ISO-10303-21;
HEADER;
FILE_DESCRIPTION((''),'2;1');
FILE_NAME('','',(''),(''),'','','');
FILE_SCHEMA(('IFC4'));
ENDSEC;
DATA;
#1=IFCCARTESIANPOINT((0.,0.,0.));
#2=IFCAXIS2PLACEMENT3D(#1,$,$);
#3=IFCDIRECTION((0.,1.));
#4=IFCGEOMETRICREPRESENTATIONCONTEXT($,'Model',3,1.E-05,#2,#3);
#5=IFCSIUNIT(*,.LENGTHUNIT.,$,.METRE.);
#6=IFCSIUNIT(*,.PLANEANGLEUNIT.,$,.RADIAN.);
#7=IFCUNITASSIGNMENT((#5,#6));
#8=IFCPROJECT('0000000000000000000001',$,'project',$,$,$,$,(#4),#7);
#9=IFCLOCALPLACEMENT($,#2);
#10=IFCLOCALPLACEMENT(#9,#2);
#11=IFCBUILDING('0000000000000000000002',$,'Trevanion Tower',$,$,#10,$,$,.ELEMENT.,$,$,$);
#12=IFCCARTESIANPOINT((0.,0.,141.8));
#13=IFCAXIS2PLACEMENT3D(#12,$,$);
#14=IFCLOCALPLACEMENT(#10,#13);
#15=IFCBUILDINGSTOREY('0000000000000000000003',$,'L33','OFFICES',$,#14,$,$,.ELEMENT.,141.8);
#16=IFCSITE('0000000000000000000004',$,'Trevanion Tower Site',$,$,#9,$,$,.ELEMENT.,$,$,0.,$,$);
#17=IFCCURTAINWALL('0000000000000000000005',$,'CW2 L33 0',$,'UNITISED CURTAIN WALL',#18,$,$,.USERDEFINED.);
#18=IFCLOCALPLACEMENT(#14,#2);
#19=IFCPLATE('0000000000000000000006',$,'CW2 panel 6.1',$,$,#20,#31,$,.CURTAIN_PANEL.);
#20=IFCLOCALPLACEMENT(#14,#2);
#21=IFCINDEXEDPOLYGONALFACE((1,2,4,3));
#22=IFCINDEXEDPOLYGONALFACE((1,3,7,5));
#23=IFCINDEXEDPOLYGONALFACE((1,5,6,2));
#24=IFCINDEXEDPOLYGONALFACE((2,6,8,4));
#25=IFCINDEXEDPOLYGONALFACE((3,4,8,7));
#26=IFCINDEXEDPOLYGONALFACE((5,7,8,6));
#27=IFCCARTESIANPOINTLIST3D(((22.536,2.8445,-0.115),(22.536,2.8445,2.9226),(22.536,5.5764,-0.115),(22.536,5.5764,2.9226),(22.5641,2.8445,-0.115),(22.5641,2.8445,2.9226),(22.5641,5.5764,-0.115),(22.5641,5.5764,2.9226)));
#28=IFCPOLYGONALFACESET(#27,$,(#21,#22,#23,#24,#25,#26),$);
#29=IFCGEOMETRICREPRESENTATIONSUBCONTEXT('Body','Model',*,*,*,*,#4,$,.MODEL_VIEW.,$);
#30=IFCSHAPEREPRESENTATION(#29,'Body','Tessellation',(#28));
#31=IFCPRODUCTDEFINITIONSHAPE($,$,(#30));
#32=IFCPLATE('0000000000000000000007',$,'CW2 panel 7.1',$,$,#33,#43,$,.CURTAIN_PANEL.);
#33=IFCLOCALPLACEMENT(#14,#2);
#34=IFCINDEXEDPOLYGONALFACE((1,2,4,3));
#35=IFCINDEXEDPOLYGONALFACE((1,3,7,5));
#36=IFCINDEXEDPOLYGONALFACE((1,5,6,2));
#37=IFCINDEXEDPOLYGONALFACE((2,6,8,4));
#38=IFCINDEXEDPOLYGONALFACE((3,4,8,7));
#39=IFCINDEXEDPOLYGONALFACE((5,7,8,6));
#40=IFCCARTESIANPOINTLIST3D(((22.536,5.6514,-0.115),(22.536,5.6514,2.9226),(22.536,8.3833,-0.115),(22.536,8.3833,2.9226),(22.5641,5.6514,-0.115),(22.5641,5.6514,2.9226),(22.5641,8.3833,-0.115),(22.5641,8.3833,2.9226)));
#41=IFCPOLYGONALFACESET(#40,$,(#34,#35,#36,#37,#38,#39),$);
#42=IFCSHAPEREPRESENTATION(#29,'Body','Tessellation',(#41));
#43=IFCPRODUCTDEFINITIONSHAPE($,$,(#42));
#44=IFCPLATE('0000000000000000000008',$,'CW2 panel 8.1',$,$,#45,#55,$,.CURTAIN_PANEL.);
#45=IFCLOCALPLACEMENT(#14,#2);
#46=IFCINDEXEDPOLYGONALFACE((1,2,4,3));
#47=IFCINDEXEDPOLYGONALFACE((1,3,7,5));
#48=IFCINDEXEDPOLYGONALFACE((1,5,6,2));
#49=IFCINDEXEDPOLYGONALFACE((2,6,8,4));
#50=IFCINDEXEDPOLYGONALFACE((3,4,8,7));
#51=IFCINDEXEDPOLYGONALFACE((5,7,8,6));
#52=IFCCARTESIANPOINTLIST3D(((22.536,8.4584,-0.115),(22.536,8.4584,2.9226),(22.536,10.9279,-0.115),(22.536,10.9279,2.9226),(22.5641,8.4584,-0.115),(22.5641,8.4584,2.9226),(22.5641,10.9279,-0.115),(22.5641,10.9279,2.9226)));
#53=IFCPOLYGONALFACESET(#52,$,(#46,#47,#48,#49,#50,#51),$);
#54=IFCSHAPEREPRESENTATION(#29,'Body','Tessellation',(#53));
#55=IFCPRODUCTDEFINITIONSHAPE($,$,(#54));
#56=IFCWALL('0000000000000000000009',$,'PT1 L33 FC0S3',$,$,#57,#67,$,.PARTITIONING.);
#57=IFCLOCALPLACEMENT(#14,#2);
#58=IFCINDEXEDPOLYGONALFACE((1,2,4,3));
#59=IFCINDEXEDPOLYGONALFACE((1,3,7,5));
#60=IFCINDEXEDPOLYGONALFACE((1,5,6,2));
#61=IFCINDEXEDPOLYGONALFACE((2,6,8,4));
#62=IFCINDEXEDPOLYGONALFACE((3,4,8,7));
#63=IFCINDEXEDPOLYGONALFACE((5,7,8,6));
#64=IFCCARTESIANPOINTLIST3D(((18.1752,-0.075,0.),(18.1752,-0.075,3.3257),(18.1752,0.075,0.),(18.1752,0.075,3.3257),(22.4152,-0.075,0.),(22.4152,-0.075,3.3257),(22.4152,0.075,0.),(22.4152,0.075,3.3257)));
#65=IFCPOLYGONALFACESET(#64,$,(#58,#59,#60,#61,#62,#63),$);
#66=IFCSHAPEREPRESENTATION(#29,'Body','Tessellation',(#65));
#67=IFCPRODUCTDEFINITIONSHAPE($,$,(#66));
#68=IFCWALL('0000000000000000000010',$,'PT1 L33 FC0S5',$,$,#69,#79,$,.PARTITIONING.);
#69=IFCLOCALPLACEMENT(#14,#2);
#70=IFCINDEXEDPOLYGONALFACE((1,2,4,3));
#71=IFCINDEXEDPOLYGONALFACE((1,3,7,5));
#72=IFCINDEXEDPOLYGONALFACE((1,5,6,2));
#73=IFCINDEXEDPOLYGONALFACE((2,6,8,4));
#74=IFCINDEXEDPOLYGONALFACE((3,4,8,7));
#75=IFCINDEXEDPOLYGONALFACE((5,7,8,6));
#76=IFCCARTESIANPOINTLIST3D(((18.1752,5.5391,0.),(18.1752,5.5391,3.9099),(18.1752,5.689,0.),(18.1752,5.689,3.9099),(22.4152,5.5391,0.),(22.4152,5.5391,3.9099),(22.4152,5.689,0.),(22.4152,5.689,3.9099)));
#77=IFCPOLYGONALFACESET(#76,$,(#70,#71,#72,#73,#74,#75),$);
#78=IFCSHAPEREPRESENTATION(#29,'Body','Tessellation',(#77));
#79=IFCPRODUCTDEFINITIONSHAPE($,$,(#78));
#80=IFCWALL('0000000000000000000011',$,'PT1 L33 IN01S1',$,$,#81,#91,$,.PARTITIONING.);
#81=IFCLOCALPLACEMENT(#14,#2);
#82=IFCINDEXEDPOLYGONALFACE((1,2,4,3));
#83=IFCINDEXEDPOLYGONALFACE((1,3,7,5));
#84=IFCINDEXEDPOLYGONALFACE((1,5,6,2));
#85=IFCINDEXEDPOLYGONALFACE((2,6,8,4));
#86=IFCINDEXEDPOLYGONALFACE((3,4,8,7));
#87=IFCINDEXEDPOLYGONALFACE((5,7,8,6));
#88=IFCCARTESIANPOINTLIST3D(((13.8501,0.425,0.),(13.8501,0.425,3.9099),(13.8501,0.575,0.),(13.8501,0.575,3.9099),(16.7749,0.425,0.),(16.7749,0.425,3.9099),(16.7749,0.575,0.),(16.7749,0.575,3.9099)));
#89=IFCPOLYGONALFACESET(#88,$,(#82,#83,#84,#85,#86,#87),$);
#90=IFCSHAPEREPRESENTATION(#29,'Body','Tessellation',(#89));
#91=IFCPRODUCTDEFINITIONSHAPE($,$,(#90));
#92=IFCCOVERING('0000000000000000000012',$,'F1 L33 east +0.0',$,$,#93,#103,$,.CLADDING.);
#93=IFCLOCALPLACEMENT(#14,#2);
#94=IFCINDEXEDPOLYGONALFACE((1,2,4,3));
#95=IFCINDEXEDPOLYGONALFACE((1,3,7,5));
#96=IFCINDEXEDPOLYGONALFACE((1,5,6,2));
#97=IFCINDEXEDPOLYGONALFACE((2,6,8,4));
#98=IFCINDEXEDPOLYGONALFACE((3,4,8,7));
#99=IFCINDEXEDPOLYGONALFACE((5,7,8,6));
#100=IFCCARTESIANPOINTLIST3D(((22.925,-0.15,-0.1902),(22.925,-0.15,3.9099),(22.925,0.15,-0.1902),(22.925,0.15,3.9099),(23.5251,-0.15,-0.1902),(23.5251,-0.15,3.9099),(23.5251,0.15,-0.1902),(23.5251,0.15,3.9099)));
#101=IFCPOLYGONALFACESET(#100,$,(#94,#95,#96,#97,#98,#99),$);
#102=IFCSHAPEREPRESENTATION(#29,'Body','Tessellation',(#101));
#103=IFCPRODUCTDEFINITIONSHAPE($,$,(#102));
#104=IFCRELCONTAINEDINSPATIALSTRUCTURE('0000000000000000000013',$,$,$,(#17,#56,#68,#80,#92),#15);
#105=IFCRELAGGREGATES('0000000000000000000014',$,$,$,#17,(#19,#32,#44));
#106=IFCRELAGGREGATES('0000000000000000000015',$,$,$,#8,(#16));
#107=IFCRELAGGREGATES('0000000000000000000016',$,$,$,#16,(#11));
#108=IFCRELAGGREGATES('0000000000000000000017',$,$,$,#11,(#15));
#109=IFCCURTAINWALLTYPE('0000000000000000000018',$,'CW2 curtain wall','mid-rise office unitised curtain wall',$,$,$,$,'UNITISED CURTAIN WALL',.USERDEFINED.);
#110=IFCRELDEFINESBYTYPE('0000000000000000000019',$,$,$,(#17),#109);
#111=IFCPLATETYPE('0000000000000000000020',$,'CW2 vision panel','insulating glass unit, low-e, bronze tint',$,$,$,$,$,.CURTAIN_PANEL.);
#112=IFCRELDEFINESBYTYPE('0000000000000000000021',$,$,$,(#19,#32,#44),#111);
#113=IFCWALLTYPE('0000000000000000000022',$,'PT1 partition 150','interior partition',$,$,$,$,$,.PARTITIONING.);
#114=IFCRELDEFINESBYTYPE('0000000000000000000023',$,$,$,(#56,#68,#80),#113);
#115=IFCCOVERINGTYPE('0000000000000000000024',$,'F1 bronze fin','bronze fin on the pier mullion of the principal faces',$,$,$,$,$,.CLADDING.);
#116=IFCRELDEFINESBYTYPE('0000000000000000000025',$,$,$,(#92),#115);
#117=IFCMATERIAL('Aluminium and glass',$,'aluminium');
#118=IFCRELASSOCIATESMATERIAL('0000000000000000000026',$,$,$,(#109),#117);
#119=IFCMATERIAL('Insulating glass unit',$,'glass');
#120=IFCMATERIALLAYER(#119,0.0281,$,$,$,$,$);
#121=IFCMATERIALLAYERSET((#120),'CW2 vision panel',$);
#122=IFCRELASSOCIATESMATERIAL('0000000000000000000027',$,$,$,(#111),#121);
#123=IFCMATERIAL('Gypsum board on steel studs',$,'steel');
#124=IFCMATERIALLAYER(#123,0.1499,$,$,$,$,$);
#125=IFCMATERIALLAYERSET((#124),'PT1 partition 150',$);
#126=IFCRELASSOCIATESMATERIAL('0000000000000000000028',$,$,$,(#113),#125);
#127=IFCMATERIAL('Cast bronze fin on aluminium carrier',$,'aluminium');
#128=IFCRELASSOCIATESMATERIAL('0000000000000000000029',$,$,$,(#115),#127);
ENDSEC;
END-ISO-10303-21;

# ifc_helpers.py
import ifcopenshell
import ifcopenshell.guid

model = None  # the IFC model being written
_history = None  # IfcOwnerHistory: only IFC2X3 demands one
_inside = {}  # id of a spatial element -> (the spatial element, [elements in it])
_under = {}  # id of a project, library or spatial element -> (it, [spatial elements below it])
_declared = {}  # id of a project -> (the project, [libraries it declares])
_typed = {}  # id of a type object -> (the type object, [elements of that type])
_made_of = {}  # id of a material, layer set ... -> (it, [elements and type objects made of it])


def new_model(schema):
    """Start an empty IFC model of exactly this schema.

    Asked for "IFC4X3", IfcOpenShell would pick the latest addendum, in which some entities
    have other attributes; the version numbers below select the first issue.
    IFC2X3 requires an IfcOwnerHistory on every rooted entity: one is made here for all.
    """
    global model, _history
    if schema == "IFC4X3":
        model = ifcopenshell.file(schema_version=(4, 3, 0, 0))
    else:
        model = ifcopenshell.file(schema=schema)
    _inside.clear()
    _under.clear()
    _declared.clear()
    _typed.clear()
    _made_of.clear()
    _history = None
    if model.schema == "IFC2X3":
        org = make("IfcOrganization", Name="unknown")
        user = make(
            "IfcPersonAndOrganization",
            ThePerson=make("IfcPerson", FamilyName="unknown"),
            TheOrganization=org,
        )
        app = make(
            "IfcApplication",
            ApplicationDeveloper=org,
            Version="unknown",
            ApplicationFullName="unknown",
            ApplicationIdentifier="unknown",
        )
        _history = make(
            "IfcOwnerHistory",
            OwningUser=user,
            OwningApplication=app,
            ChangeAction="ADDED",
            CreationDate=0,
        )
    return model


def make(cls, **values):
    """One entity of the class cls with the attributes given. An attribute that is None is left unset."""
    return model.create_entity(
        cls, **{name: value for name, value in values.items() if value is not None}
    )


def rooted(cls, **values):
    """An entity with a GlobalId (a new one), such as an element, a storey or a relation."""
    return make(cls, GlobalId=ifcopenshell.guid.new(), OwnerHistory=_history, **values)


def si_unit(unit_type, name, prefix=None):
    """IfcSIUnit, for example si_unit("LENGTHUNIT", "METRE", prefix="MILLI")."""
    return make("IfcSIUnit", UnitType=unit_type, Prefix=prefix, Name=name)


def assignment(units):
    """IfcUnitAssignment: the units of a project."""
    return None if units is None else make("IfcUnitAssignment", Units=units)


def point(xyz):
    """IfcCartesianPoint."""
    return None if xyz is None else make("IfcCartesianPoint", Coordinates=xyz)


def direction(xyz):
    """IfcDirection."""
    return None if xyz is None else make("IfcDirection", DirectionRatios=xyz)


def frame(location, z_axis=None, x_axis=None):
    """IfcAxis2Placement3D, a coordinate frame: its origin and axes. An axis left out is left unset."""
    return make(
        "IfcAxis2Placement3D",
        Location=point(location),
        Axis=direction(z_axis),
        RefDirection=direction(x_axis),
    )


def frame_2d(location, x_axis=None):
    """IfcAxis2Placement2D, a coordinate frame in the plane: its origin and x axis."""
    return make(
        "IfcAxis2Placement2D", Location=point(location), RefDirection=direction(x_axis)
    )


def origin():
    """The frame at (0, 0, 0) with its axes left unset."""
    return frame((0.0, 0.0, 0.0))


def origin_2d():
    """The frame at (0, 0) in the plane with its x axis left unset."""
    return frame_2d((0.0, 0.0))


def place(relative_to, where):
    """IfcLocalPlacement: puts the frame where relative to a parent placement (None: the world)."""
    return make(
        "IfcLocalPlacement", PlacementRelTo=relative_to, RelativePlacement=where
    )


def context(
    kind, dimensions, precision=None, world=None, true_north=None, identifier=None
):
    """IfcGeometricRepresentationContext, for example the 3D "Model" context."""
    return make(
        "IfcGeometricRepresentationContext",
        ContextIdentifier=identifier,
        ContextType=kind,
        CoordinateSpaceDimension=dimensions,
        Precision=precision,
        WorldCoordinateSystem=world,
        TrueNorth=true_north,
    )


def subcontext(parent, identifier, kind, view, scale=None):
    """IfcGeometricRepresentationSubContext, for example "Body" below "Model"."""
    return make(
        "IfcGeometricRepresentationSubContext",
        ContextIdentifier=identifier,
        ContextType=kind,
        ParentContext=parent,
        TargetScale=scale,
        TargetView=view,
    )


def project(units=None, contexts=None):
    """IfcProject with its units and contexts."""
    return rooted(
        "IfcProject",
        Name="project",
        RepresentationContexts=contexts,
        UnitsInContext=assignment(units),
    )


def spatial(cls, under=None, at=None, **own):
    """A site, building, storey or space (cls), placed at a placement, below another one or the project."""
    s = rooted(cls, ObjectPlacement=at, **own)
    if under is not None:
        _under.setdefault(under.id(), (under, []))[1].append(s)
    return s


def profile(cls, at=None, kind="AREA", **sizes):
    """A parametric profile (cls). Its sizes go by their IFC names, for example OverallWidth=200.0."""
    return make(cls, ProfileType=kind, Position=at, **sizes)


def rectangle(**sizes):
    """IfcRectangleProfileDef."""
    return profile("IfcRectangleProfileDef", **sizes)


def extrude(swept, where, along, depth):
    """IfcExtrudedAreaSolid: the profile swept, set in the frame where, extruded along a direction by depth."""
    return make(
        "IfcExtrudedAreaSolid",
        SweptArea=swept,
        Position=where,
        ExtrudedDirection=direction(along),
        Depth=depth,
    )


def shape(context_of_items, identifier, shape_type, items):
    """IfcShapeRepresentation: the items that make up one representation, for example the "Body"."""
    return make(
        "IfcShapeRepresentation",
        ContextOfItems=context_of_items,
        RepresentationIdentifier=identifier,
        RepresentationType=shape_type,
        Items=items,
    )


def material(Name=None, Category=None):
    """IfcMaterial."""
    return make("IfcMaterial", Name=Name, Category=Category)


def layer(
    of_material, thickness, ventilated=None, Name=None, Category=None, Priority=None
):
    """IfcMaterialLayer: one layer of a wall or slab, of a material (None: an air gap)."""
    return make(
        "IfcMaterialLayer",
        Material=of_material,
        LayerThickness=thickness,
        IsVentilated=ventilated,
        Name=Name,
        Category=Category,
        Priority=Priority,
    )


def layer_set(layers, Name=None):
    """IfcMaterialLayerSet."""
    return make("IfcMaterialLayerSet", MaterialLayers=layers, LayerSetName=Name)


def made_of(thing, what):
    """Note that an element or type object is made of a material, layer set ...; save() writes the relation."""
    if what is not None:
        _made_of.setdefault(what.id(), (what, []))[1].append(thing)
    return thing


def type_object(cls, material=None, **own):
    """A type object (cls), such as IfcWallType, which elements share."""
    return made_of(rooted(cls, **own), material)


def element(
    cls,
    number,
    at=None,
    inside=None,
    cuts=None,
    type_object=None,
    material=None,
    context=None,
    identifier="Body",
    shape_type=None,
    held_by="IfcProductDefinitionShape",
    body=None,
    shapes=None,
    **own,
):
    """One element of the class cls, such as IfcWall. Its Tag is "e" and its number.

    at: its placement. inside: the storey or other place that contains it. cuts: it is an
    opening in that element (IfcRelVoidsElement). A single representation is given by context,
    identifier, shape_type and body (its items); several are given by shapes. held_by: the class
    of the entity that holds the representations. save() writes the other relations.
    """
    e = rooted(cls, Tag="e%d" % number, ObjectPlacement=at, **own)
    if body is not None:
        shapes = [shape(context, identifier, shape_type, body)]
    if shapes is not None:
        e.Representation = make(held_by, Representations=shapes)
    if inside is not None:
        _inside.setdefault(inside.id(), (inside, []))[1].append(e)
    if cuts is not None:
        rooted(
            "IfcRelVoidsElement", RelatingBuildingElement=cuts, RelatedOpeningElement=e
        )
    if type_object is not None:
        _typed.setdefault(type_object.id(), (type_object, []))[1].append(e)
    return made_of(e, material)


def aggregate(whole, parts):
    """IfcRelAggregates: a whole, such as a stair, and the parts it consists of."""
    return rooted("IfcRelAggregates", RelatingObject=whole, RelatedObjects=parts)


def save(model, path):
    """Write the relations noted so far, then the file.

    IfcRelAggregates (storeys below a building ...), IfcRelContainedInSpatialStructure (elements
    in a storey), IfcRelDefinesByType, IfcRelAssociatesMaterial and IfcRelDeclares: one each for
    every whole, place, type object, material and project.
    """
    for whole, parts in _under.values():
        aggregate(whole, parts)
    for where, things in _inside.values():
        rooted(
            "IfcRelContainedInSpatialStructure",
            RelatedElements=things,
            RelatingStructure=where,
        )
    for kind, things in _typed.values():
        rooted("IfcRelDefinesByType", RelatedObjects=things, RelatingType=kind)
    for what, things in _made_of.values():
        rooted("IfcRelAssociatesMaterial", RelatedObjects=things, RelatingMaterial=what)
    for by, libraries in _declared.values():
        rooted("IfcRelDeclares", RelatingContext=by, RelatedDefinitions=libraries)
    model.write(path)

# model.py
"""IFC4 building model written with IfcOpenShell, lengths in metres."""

from ifc_helpers import new_model, si_unit, direction, frame, frame_2d, origin, origin_2d, place, context, subcontext, project, spatial, rectangle, extrude, material, layer, layer_set, type_object, element, aggregate, save


model = new_model("IFC4")

# Units and contexts
model_context = context("Model", 3, precision=1e-05, world=origin(), true_north=direction((0.0, 1.0)))
body_context = subcontext(model_context, "Body", "Model", "MODEL_VIEW")
ifc_project = project(units=[si_unit("LENGTHUNIT", "METRE"), si_unit("PLANEANGLEUNIT", "RADIAN")], contexts=[model_context])

# Site, building, storey
site_placement = place(None, origin())
site = spatial("IfcSite", under=ifc_project, at=site_placement, Name="Trevanion Tower Site", CompositionType="ELEMENT", RefElevation=0.0)
building_placement = place(site_placement, origin())
building = spatial("IfcBuilding", under=site, at=building_placement, Name="Trevanion Tower", CompositionType="ELEMENT")
storey_placement = place(building_placement, frame((0.0, 0.0, 141.8)))
storey = spatial("IfcBuildingStorey", under=building, at=storey_placement, Name="L33", Description="OFFICES", CompositionType="ELEMENT", Elevation=141.8)

# Curtain wall
ifc_material_1 = material(Name="Aluminium and glass", Category="aluminium")
curtain_wall_type = type_object("IfcCurtainWallType", Name="CW2 curtain wall", Description="mid-rise office unitised curtain wall", ElementType="UNITISED CURTAIN WALL", PredefinedType="USERDEFINED", material=ifc_material_1)
curtain_wall_placement = place(storey_placement, origin())
curtain_wall = element("IfcCurtainWall", 1, at=curtain_wall_placement, inside=storey, type_object=curtain_wall_type, Name="CW2 L33 0", ObjectType="UNITISED CURTAIN WALL", PredefinedType="USERDEFINED")

# Plates
ifc_material_2 = material(Name="Insulating glass unit", Category="glass")
ifc_layer_1 = layer(ifc_material_2, 0.0281)
ifc_layer_set_1 = layer_set([ifc_layer_1], Name="CW2 vision panel")
plate_type_1 = type_object("IfcPlateType", Name="CW2 vision panel", Description="insulating glass unit, low-e, bronze tint", PredefinedType="CURTAIN_PANEL", material=ifc_layer_set_1)
plate_1_placement = place(storey_placement, frame((22.55, 4.2104, -0.115), z_axis=(0.0, 0.0, 1.0), x_axis=(0.0, 1.0, 0.0)))
plate_1 = element("IfcPlate", 2, at=plate_1_placement, type_object=plate_type_1, Name="CW2 panel 6.1", PredefinedType="CURTAIN_PANEL", context=body_context, shape_type="SweptSolid", body=[
    extrude(rectangle(XDim=2.7319, YDim=0.0281, at=origin_2d()), origin(), (0.0, 0.0, 1.0), 3.0376),
])
plate_2_placement = place(storey_placement, frame((22.55, 7.0173, -0.115), z_axis=(0.0, 0.0, 1.0), x_axis=(0.0, 1.0, 0.0)))
plate_2 = element("IfcPlate", 3, at=plate_2_placement, type_object=plate_type_1, Name="CW2 panel 7.1", PredefinedType="CURTAIN_PANEL", context=body_context, shape_type="SweptSolid", body=[
    extrude(rectangle(XDim=2.7319, YDim=0.0281, at=origin_2d()), origin(), (0.0, 0.0, 1.0), 3.0376),
])
plate_3_placement = place(storey_placement, frame((22.55, 9.6931, -0.115), z_axis=(0.0, 0.0, 1.0), x_axis=(0.0, 1.0, 0.0)))
plate_3 = element("IfcPlate", 4, at=plate_3_placement, type_object=plate_type_1, Name="CW2 panel 8.1", PredefinedType="CURTAIN_PANEL", context=body_context, shape_type="SweptSolid", body=[
    extrude(rectangle(XDim=2.4695, YDim=0.0281, at=origin_2d()), origin(), (0.0, 0.0, 1.0), 3.0376),
])
aggregate(curtain_wall, [plate_1, plate_2, plate_3])

# Walls
ifc_material_3 = material(Name="Gypsum board on steel studs", Category="steel")
ifc_layer_2 = layer(ifc_material_3, 0.1499)
ifc_layer_set_2 = layer_set([ifc_layer_2], Name="PT1 partition 150")
wall_type = type_object("IfcWallType", Name="PT1 partition 150", Description="interior partition", PredefinedType="PARTITIONING", material=ifc_layer_set_2)
wall_1_placement = place(storey_placement, frame((18.175, 0.0, 0.0), z_axis=(0.0, 0.0, 1.0), x_axis=(1.0, 0.0, 0.0)))
element("IfcWall", 5, at=wall_1_placement, inside=storey, type_object=wall_type, Name="PT1 L33 FC0S3", PredefinedType="PARTITIONING", context=body_context, shape_type="SweptSolid", body=[
    extrude(rectangle(XDim=4.24, YDim=0.1499, at=frame_2d((2.1201, 0.0))), origin(), (0.0, 0.0, 1.0), 3.3257),
])
wall_2_placement = place(storey_placement, frame((18.175, 5.614, 0.0), z_axis=(0.0, 0.0, 1.0), x_axis=(1.0, 0.0, 0.0)))
element("IfcWall", 6, at=wall_2_placement, inside=storey, type_object=wall_type, Name="PT1 L33 FC0S5", PredefinedType="PARTITIONING", context=body_context, shape_type="SweptSolid", body=[
    extrude(rectangle(XDim=4.24, YDim=0.1499, at=frame_2d((2.1201, 0.0))), origin(), (0.0, 0.0, 1.0), 3.9099),
])
wall_3_placement = place(storey_placement, frame((16.7749, 0.5, 0.0), z_axis=(0.0, 0.0, 1.0), x_axis=(-1.0, 0.0, 0.0)))
element("IfcWall", 7, at=wall_3_placement, inside=storey, type_object=wall_type, Name="PT1 L33 IN01S1", PredefinedType="PARTITIONING", context=body_context, shape_type="SweptSolid", body=[
    extrude(rectangle(XDim=2.9248, YDim=0.1499, at=frame_2d((1.4624, 0.0))), origin(), (0.0, 0.0, 1.0), 3.9099),
])

# Covering
ifc_material_4 = material(Name="Cast bronze fin on aluminium carrier", Category="aluminium")
covering_type = type_object("IfcCoveringType", Name="F1 bronze fin", Description="bronze fin on the pier mullion of the principal faces", PredefinedType="CLADDING", material=ifc_material_4)
covering_placement = place(storey_placement, frame((23.2251, 0.0, -0.1902), z_axis=(0.0, 0.0, 1.0), x_axis=(0.0, 1.0, 0.0)))
element("IfcCovering", 8, at=covering_placement, inside=storey, type_object=covering_type, Name="F1 L33 east +0.0", PredefinedType="CLADDING", context=body_context, shape_type="SweptSolid", body=[
    extrude(rectangle(XDim=0.3, YDim=0.6001, at=origin_2d()), origin(), (0.0, 0.0, 1.0), 4.1001),
])

save(model, "model.ifc")
